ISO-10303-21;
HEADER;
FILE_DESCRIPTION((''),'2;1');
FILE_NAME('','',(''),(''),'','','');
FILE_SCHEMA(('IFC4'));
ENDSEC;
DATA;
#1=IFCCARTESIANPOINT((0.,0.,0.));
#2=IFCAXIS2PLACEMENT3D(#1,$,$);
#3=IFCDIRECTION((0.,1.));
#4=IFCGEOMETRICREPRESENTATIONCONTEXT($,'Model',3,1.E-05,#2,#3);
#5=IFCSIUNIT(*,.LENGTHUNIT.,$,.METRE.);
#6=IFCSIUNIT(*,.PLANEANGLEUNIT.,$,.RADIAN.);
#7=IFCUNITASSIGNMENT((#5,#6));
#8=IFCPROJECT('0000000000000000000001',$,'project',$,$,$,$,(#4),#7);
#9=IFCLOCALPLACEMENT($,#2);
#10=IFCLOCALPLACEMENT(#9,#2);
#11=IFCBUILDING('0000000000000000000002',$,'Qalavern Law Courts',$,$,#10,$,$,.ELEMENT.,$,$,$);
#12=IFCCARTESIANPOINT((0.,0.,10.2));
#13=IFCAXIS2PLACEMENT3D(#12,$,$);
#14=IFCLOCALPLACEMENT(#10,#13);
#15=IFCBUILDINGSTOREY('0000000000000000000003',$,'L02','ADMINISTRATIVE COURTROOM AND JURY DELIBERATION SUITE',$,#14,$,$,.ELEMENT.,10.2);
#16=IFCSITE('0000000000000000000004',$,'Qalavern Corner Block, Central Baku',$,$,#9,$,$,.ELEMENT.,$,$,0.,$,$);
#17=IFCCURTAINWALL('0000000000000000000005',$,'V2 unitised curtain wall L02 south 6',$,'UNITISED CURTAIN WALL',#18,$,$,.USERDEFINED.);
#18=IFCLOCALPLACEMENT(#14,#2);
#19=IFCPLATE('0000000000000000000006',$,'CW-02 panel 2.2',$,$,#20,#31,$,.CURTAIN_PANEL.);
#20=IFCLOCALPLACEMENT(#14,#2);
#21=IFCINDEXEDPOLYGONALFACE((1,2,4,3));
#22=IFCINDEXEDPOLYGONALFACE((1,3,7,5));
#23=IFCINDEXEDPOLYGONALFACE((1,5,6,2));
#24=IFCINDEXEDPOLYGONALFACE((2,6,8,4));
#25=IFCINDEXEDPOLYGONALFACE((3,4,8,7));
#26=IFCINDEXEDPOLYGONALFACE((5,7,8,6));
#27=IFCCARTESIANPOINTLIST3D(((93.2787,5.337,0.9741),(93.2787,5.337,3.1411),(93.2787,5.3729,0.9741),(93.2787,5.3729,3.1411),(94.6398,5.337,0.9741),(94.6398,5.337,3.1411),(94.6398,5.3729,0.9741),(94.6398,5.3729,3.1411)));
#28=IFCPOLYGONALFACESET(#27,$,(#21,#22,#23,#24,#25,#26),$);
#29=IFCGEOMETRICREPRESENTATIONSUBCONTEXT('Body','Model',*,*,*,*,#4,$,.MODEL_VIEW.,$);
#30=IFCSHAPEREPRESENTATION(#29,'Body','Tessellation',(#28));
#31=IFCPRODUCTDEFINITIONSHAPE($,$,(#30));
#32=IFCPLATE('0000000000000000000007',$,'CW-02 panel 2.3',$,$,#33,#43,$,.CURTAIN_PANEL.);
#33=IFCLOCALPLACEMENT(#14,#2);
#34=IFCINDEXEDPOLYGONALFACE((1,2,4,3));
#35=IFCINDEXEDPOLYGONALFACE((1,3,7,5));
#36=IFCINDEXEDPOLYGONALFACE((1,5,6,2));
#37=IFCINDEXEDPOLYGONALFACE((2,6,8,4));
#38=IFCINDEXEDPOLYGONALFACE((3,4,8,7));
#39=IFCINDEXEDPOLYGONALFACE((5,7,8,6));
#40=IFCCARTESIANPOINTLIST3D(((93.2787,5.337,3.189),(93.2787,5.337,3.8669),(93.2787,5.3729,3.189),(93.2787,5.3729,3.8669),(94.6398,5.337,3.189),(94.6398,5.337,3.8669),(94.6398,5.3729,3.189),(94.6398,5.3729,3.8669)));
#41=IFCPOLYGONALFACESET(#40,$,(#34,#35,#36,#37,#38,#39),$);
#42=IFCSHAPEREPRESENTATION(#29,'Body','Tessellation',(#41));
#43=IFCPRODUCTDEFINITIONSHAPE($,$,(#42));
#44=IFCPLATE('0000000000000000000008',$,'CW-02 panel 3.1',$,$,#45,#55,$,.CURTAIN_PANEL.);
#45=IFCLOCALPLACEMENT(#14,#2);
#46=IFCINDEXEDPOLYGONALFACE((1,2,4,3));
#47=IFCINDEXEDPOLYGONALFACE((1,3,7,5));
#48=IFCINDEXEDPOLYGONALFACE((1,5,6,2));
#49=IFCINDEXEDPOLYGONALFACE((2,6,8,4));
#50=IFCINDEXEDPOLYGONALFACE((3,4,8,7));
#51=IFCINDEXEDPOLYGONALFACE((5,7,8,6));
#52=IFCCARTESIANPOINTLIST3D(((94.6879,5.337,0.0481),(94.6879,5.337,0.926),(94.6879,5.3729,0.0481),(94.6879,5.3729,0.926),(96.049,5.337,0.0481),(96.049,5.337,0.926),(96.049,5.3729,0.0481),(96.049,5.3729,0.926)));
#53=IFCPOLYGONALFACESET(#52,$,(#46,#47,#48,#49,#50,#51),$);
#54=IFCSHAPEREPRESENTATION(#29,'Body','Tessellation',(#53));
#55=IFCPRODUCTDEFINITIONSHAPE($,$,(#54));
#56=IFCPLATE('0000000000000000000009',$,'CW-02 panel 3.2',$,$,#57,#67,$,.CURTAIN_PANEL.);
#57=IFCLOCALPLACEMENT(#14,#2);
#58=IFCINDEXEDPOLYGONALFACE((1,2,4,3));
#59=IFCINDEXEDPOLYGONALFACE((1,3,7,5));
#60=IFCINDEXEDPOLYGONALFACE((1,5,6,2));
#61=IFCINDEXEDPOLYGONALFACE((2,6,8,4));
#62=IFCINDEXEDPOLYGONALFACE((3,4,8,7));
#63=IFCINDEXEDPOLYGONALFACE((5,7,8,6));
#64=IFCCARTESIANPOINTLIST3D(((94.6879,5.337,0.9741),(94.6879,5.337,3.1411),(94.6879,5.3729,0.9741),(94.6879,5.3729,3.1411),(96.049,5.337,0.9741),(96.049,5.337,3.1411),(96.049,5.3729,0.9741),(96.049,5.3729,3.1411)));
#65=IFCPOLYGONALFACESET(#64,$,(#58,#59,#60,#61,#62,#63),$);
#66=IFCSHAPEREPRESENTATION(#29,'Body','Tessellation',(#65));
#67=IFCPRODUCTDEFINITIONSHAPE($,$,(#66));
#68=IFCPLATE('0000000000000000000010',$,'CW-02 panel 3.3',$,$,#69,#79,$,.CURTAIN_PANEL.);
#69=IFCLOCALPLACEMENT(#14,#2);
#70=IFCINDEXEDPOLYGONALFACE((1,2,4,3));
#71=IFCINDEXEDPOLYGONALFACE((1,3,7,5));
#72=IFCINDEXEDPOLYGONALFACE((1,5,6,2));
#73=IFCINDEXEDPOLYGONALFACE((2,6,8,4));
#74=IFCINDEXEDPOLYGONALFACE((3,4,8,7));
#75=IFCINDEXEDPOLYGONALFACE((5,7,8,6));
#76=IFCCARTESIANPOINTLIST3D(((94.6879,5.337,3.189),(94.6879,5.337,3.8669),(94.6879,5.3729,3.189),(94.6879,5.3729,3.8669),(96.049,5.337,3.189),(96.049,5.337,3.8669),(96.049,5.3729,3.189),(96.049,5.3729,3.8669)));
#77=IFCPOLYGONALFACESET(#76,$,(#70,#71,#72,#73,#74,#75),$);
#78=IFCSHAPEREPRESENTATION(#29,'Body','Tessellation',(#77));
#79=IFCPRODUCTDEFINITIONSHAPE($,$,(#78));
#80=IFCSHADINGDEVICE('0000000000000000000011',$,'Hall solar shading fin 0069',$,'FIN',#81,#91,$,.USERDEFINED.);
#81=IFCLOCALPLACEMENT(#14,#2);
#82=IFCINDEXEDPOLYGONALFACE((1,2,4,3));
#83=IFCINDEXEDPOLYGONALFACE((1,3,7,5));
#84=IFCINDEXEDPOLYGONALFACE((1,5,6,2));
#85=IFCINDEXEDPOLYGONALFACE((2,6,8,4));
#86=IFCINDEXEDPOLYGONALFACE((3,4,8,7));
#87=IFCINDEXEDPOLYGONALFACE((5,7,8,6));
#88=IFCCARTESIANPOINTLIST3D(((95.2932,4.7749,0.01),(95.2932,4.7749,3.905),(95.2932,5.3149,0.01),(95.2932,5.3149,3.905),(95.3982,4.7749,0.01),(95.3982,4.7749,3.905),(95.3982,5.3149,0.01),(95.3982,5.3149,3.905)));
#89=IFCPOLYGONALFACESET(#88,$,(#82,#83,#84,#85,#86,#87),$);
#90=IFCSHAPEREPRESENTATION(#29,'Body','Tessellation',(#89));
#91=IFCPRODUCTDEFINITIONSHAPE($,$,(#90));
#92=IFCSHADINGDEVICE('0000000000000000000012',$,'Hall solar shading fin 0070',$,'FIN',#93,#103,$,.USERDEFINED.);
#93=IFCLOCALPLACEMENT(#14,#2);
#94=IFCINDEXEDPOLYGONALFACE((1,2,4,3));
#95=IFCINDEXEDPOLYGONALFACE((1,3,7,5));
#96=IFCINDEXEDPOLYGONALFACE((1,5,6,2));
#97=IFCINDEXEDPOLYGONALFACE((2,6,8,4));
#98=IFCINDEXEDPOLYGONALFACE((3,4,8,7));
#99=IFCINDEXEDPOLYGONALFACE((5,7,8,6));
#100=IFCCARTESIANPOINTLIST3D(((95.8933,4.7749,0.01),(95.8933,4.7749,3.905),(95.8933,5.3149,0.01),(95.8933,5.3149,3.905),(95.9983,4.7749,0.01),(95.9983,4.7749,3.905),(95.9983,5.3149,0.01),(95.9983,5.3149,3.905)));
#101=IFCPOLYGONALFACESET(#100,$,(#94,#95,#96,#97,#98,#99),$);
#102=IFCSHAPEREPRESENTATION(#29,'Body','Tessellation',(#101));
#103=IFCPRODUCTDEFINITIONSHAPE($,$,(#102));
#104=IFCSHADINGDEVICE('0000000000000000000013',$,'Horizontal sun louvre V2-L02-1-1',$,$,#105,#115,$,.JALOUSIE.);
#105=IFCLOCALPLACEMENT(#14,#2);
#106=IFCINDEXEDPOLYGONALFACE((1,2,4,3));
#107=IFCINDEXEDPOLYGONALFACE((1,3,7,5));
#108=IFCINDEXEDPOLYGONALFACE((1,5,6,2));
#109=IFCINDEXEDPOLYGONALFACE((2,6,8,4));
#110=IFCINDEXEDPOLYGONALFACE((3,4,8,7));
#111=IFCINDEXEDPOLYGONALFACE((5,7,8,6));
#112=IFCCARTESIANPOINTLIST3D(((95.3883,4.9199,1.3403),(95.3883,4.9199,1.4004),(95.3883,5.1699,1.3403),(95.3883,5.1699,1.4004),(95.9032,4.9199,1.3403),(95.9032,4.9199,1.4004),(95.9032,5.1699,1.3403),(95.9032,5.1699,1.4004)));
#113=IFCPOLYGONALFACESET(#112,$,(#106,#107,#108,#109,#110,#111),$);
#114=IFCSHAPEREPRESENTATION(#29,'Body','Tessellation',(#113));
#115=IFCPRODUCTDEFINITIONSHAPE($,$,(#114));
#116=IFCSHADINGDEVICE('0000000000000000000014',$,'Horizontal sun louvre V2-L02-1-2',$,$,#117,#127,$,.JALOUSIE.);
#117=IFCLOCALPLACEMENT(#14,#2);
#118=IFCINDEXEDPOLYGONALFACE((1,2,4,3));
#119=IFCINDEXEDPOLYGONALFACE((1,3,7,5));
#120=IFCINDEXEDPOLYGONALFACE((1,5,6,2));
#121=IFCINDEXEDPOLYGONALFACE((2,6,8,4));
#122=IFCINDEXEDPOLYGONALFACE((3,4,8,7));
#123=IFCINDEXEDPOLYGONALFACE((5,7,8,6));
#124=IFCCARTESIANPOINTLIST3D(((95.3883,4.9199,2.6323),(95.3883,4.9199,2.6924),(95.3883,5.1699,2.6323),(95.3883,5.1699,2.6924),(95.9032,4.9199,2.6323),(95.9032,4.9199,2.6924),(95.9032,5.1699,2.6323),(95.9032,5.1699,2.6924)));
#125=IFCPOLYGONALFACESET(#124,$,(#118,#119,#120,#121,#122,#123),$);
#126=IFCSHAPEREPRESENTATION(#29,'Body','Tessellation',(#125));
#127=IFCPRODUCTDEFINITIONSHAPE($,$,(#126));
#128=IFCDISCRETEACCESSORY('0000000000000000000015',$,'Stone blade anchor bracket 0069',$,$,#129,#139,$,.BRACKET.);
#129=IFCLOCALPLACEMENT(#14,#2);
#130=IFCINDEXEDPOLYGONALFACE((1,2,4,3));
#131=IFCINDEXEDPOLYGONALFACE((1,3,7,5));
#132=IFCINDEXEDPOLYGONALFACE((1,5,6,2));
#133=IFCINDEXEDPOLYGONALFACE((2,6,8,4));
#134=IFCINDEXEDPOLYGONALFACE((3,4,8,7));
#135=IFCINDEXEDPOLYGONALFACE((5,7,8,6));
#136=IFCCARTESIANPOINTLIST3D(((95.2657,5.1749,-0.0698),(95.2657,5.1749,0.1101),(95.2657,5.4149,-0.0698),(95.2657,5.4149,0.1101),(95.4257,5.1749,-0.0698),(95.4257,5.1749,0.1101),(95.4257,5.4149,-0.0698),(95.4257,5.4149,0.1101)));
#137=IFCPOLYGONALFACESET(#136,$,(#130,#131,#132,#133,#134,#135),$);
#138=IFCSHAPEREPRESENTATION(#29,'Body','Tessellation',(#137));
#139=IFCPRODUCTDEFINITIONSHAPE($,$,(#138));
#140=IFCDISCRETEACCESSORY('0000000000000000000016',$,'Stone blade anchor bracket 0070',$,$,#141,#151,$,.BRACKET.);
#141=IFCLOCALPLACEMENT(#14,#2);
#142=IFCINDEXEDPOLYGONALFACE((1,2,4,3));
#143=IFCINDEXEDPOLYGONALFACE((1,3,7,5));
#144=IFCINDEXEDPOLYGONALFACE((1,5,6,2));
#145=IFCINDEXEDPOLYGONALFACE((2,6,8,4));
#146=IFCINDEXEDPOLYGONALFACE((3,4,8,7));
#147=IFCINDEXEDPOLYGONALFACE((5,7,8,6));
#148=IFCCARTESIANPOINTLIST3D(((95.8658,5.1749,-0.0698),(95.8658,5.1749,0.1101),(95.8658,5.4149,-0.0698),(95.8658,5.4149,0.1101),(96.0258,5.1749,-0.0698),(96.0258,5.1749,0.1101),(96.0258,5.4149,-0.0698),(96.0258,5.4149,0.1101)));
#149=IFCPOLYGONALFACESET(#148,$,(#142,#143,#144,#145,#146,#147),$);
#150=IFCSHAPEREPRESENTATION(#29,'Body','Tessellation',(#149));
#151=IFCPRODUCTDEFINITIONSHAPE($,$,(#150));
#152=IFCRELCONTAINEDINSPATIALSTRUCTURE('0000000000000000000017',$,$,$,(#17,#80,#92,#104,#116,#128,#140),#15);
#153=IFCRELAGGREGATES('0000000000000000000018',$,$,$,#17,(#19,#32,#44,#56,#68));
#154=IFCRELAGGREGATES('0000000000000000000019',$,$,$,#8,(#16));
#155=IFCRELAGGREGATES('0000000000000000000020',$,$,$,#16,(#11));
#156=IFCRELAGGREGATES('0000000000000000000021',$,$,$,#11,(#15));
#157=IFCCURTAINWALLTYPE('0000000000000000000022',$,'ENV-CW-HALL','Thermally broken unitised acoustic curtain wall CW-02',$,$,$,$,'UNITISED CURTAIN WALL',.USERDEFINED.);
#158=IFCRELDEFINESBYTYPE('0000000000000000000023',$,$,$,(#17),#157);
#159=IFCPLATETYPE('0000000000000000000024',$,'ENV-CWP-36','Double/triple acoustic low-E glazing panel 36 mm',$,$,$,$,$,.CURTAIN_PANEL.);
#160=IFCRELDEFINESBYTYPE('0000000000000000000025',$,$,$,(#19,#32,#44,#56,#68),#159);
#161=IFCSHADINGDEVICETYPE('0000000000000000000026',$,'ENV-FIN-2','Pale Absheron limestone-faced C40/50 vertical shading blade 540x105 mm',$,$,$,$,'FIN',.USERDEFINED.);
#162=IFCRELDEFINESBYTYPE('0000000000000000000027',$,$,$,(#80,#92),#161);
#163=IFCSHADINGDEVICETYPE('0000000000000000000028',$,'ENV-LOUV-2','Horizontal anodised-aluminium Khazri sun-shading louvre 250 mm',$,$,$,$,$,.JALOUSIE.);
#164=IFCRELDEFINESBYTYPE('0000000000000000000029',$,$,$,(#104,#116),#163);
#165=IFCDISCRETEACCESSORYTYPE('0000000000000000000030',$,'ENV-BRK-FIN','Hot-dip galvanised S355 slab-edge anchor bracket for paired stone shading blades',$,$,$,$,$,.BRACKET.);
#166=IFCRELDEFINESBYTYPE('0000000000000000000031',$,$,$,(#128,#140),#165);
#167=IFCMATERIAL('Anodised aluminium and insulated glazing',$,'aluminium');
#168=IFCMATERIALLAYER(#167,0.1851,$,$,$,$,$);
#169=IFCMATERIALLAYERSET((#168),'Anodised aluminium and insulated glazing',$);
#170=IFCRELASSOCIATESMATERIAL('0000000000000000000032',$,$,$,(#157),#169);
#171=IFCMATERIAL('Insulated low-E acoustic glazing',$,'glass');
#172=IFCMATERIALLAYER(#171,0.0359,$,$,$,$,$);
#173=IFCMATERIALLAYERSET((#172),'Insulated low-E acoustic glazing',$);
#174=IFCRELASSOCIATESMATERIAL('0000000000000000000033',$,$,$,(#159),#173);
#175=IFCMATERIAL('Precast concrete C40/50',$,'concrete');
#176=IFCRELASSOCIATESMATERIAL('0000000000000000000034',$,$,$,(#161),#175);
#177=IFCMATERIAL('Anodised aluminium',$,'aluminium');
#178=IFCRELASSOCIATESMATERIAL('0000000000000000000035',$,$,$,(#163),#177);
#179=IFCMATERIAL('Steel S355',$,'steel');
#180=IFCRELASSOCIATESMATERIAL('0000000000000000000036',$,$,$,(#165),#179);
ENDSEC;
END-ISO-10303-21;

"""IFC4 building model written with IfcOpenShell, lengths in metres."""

from ifc_helpers import new_model, si_unit, direction, frame, origin, origin_2d, place, context, subcontext, project, spatial, rectangle, extrude, material, layer, layer_set, type_object, element, aggregate, save


model = new_model("IFC4")

# Units and contexts
model_context = context("Model", 3, precision=1e-05, world=origin(), true_north=direction((0.0, 1.0)))
body_context = subcontext(model_context, "Body", "Model", "MODEL_VIEW")
ifc_project = project(units=[si_unit("LENGTHUNIT", "METRE"), si_unit("PLANEANGLEUNIT", "RADIAN")], contexts=[model_context])

# Site, building, storey
site_placement = place(None, origin())
site = spatial("IfcSite", under=ifc_project, at=site_placement, Name="Qalavern Corner Block, Central Baku", CompositionType="ELEMENT", RefElevation=0.0)
building_placement = place(site_placement, origin())
building = spatial("IfcBuilding", under=site, at=building_placement, Name="Qalavern Law Courts", CompositionType="ELEMENT")
storey_placement = place(building_placement, frame((0.0, 0.0, 10.2)))
storey = spatial("IfcBuildingStorey", under=building, at=storey_placement, Name="L02", Description="ADMINISTRATIVE COURTROOM AND JURY DELIBERATION SUITE", CompositionType="ELEMENT", Elevation=10.2)

# Curtain wall, plates
ifc_material_1 = material(Name="Anodised aluminium and insulated glazing", Category="aluminium")
ifc_layer_1 = layer(ifc_material_1, 0.1851)
ifc_layer_set_1 = layer_set([ifc_layer_1], Name="Anodised aluminium and insulated glazing")
curtain_wall_type = type_object("IfcCurtainWallType", Name="ENV-CW-HALL", Description="Thermally broken unitised acoustic curtain wall CW-02", ElementType="UNITISED CURTAIN WALL", PredefinedType="USERDEFINED", material=ifc_layer_set_1)
curtain_wall_placement = place(storey_placement, origin())
curtain_wall = element("IfcCurtainWall", 1, at=curtain_wall_placement, inside=storey, type_object=curtain_wall_type, Name="V2 unitised curtain wall L02 south 6", ObjectType="UNITISED CURTAIN WALL", PredefinedType="USERDEFINED")
ifc_material_2 = material(Name="Anodised aluminium", Category="aluminium")
ifc_material_3 = material(Name="Insulated low-E acoustic glazing", Category="glass")
ifc_layer_2 = layer(ifc_material_3, 0.0359)
ifc_layer_set_2 = layer_set([ifc_layer_2], Name="Insulated low-E acoustic glazing")
plate_type = type_object("IfcPlateType", Name="ENV-CWP-36", Description="Double/triple acoustic low-E glazing panel 36 mm", PredefinedType="CURTAIN_PANEL", material=ifc_layer_set_2)
plate_1_placement = place(storey_placement, frame((93.9592, 5.355, 0.9741), z_axis=(0.0, 0.0, 1.0), x_axis=(1.0, 0.0, 0.0)))
plate_1 = element("IfcPlate", 2, at=plate_1_placement, type_object=plate_type, Name="CW-02 panel 2.2", PredefinedType="CURTAIN_PANEL", context=body_context, shape_type="SweptSolid", body=[
    extrude(rectangle(XDim=1.3611, YDim=0.0359, at=origin_2d()), origin(), (0.0, 0.0, 1.0), 2.167),
])
plate_2_placement = place(storey_placement, frame((93.9592, 5.355, 3.189), z_axis=(0.0, 0.0, 1.0), x_axis=(1.0, 0.0, 0.0)))
plate_2 = element("IfcPlate", 3, at=plate_2_placement, type_object=plate_type, Name="CW-02 panel 2.3", PredefinedType="CURTAIN_PANEL", context=body_context, shape_type="SweptSolid", body=[
    extrude(rectangle(XDim=1.3611, YDim=0.0359, at=origin_2d()), origin(), (0.0, 0.0, 1.0), 0.678),
])
plate_3_placement = place(storey_placement, frame((95.3684, 5.355, 0.0481), z_axis=(0.0, 0.0, 1.0), x_axis=(1.0, 0.0, 0.0)))
plate_3 = element("IfcPlate", 4, at=plate_3_placement, type_object=plate_type, Name="CW-02 panel 3.1", PredefinedType="CURTAIN_PANEL", context=body_context, shape_type="SweptSolid", body=[
    extrude(rectangle(XDim=1.3611, YDim=0.0359, at=origin_2d()), origin(), (0.0, 0.0, 1.0), 0.8779),
])
plate_4_placement = place(storey_placement, frame((95.3684, 5.355, 0.9741), z_axis=(0.0, 0.0, 1.0), x_axis=(1.0, 0.0, 0.0)))
plate_4 = element("IfcPlate", 5, at=plate_4_placement, type_object=plate_type, Name="CW-02 panel 3.2", PredefinedType="CURTAIN_PANEL", context=body_context, shape_type="SweptSolid", body=[
    extrude(rectangle(XDim=1.3611, YDim=0.0359, at=origin_2d()), origin(), (0.0, 0.0, 1.0), 2.167),
])
plate_5_placement = place(storey_placement, frame((95.3684, 5.355, 3.189), z_axis=(0.0, 0.0, 1.0), x_axis=(1.0, 0.0, 0.0)))
plate_5 = element("IfcPlate", 6, at=plate_5_placement, type_object=plate_type, Name="CW-02 panel 3.3", PredefinedType="CURTAIN_PANEL", context=body_context, shape_type="SweptSolid", body=[
    extrude(rectangle(XDim=1.3611, YDim=0.0359, at=origin_2d()), origin(), (0.0, 0.0, 1.0), 0.678),
])
aggregate(curtain_wall, [plate_1, plate_2, plate_3, plate_4, plate_5])

# Shading devices
ifc_material_4 = material(Name="Precast concrete C40/50", Category="concrete")
shading_device_type_1 = type_object("IfcShadingDeviceType", Name="ENV-FIN-2", Description="Pale Absheron limestone-faced C40/50 vertical shading blade 540x105 mm", ElementType="FIN", PredefinedType="USERDEFINED", material=ifc_material_4)
for number, where, z_axis, x_axis, name in (
    (7, (95.3457, 5.0449, 0.01), (0.0, 0.0, 1.0), (0.0, -1.0, 0.0), "Hall solar shading fin 0069"),
    (8, (95.9458, 5.0449, 0.01), (0.0, 0.0, 1.0), (0.0, -1.0, 0.0), "Hall solar shading fin 0070"),
):
    element("IfcShadingDevice", number, at=place(storey_placement, frame(where, z_axis=z_axis, x_axis=x_axis)), inside=storey, type_object=shading_device_type_1, Name=name, ObjectType="FIN", PredefinedType="USERDEFINED", context=body_context, shape_type="SweptSolid", body=[
        extrude(rectangle(XDim=0.54, YDim=0.105, at=origin_2d()), origin(), (0.0, 0.0, 1.0), 3.895),
    ])
shading_device_type_2 = type_object("IfcShadingDeviceType", Name="ENV-LOUV-2", Description="Horizontal anodised-aluminium Khazri sun-shading louvre 250 mm", PredefinedType="JALOUSIE", material=ifc_material_2)
for number, where, z_axis, x_axis, name in (
    (9, (95.6458, 5.0449, 1.3403), (0.0, 0.0, 1.0), (1.0, 0.0, 0.0), "Horizontal sun louvre V2-L02-1-1"),
    (10, (95.6458, 5.0449, 2.6323), (0.0, 0.0, 1.0), (1.0, 0.0, 0.0), "Horizontal sun louvre V2-L02-1-2"),
):
    element("IfcShadingDevice", number, at=place(storey_placement, frame(where, z_axis=z_axis, x_axis=x_axis)), inside=storey, type_object=shading_device_type_2, Name=name, PredefinedType="JALOUSIE", context=body_context, shape_type="SweptSolid", body=[
        extrude(rectangle(XDim=0.5149, YDim=0.25, at=origin_2d()), origin(), (0.0, 0.0, 1.0), 0.0601),
    ])

# Discrete accessories
ifc_material_5 = material(Name="Steel S355", Category="steel")
discrete_accessory_type = type_object("IfcDiscreteAccessoryType", Name="ENV-BRK-FIN", Description="Hot-dip galvanised S355 slab-edge anchor bracket for paired stone shading blades", PredefinedType="BRACKET", material=ifc_material_5)
for number, where, z_axis, x_axis, name in (
    (11, (95.3457, 5.2949, -0.0698), (0.0, 0.0, 1.0), (0.0, -1.0, 0.0), "Stone blade anchor bracket 0069"),
    (12, (95.9458, 5.2949, -0.0698), (0.0, 0.0, 1.0), (0.0, -1.0, 0.0), "Stone blade anchor bracket 0070"),
):
    element("IfcDiscreteAccessory", number, at=place(storey_placement, frame(where, z_axis=z_axis, x_axis=x_axis)), inside=storey, type_object=discrete_accessory_type, Name=name, PredefinedType="BRACKET", context=body_context, shape_type="SweptSolid", body=[
        extrude(rectangle(XDim=0.24, YDim=0.1599, at=origin_2d()), origin(), (0.0, 0.0, 1.0), 0.1799),
    ])

save(model, "model.ifc")
